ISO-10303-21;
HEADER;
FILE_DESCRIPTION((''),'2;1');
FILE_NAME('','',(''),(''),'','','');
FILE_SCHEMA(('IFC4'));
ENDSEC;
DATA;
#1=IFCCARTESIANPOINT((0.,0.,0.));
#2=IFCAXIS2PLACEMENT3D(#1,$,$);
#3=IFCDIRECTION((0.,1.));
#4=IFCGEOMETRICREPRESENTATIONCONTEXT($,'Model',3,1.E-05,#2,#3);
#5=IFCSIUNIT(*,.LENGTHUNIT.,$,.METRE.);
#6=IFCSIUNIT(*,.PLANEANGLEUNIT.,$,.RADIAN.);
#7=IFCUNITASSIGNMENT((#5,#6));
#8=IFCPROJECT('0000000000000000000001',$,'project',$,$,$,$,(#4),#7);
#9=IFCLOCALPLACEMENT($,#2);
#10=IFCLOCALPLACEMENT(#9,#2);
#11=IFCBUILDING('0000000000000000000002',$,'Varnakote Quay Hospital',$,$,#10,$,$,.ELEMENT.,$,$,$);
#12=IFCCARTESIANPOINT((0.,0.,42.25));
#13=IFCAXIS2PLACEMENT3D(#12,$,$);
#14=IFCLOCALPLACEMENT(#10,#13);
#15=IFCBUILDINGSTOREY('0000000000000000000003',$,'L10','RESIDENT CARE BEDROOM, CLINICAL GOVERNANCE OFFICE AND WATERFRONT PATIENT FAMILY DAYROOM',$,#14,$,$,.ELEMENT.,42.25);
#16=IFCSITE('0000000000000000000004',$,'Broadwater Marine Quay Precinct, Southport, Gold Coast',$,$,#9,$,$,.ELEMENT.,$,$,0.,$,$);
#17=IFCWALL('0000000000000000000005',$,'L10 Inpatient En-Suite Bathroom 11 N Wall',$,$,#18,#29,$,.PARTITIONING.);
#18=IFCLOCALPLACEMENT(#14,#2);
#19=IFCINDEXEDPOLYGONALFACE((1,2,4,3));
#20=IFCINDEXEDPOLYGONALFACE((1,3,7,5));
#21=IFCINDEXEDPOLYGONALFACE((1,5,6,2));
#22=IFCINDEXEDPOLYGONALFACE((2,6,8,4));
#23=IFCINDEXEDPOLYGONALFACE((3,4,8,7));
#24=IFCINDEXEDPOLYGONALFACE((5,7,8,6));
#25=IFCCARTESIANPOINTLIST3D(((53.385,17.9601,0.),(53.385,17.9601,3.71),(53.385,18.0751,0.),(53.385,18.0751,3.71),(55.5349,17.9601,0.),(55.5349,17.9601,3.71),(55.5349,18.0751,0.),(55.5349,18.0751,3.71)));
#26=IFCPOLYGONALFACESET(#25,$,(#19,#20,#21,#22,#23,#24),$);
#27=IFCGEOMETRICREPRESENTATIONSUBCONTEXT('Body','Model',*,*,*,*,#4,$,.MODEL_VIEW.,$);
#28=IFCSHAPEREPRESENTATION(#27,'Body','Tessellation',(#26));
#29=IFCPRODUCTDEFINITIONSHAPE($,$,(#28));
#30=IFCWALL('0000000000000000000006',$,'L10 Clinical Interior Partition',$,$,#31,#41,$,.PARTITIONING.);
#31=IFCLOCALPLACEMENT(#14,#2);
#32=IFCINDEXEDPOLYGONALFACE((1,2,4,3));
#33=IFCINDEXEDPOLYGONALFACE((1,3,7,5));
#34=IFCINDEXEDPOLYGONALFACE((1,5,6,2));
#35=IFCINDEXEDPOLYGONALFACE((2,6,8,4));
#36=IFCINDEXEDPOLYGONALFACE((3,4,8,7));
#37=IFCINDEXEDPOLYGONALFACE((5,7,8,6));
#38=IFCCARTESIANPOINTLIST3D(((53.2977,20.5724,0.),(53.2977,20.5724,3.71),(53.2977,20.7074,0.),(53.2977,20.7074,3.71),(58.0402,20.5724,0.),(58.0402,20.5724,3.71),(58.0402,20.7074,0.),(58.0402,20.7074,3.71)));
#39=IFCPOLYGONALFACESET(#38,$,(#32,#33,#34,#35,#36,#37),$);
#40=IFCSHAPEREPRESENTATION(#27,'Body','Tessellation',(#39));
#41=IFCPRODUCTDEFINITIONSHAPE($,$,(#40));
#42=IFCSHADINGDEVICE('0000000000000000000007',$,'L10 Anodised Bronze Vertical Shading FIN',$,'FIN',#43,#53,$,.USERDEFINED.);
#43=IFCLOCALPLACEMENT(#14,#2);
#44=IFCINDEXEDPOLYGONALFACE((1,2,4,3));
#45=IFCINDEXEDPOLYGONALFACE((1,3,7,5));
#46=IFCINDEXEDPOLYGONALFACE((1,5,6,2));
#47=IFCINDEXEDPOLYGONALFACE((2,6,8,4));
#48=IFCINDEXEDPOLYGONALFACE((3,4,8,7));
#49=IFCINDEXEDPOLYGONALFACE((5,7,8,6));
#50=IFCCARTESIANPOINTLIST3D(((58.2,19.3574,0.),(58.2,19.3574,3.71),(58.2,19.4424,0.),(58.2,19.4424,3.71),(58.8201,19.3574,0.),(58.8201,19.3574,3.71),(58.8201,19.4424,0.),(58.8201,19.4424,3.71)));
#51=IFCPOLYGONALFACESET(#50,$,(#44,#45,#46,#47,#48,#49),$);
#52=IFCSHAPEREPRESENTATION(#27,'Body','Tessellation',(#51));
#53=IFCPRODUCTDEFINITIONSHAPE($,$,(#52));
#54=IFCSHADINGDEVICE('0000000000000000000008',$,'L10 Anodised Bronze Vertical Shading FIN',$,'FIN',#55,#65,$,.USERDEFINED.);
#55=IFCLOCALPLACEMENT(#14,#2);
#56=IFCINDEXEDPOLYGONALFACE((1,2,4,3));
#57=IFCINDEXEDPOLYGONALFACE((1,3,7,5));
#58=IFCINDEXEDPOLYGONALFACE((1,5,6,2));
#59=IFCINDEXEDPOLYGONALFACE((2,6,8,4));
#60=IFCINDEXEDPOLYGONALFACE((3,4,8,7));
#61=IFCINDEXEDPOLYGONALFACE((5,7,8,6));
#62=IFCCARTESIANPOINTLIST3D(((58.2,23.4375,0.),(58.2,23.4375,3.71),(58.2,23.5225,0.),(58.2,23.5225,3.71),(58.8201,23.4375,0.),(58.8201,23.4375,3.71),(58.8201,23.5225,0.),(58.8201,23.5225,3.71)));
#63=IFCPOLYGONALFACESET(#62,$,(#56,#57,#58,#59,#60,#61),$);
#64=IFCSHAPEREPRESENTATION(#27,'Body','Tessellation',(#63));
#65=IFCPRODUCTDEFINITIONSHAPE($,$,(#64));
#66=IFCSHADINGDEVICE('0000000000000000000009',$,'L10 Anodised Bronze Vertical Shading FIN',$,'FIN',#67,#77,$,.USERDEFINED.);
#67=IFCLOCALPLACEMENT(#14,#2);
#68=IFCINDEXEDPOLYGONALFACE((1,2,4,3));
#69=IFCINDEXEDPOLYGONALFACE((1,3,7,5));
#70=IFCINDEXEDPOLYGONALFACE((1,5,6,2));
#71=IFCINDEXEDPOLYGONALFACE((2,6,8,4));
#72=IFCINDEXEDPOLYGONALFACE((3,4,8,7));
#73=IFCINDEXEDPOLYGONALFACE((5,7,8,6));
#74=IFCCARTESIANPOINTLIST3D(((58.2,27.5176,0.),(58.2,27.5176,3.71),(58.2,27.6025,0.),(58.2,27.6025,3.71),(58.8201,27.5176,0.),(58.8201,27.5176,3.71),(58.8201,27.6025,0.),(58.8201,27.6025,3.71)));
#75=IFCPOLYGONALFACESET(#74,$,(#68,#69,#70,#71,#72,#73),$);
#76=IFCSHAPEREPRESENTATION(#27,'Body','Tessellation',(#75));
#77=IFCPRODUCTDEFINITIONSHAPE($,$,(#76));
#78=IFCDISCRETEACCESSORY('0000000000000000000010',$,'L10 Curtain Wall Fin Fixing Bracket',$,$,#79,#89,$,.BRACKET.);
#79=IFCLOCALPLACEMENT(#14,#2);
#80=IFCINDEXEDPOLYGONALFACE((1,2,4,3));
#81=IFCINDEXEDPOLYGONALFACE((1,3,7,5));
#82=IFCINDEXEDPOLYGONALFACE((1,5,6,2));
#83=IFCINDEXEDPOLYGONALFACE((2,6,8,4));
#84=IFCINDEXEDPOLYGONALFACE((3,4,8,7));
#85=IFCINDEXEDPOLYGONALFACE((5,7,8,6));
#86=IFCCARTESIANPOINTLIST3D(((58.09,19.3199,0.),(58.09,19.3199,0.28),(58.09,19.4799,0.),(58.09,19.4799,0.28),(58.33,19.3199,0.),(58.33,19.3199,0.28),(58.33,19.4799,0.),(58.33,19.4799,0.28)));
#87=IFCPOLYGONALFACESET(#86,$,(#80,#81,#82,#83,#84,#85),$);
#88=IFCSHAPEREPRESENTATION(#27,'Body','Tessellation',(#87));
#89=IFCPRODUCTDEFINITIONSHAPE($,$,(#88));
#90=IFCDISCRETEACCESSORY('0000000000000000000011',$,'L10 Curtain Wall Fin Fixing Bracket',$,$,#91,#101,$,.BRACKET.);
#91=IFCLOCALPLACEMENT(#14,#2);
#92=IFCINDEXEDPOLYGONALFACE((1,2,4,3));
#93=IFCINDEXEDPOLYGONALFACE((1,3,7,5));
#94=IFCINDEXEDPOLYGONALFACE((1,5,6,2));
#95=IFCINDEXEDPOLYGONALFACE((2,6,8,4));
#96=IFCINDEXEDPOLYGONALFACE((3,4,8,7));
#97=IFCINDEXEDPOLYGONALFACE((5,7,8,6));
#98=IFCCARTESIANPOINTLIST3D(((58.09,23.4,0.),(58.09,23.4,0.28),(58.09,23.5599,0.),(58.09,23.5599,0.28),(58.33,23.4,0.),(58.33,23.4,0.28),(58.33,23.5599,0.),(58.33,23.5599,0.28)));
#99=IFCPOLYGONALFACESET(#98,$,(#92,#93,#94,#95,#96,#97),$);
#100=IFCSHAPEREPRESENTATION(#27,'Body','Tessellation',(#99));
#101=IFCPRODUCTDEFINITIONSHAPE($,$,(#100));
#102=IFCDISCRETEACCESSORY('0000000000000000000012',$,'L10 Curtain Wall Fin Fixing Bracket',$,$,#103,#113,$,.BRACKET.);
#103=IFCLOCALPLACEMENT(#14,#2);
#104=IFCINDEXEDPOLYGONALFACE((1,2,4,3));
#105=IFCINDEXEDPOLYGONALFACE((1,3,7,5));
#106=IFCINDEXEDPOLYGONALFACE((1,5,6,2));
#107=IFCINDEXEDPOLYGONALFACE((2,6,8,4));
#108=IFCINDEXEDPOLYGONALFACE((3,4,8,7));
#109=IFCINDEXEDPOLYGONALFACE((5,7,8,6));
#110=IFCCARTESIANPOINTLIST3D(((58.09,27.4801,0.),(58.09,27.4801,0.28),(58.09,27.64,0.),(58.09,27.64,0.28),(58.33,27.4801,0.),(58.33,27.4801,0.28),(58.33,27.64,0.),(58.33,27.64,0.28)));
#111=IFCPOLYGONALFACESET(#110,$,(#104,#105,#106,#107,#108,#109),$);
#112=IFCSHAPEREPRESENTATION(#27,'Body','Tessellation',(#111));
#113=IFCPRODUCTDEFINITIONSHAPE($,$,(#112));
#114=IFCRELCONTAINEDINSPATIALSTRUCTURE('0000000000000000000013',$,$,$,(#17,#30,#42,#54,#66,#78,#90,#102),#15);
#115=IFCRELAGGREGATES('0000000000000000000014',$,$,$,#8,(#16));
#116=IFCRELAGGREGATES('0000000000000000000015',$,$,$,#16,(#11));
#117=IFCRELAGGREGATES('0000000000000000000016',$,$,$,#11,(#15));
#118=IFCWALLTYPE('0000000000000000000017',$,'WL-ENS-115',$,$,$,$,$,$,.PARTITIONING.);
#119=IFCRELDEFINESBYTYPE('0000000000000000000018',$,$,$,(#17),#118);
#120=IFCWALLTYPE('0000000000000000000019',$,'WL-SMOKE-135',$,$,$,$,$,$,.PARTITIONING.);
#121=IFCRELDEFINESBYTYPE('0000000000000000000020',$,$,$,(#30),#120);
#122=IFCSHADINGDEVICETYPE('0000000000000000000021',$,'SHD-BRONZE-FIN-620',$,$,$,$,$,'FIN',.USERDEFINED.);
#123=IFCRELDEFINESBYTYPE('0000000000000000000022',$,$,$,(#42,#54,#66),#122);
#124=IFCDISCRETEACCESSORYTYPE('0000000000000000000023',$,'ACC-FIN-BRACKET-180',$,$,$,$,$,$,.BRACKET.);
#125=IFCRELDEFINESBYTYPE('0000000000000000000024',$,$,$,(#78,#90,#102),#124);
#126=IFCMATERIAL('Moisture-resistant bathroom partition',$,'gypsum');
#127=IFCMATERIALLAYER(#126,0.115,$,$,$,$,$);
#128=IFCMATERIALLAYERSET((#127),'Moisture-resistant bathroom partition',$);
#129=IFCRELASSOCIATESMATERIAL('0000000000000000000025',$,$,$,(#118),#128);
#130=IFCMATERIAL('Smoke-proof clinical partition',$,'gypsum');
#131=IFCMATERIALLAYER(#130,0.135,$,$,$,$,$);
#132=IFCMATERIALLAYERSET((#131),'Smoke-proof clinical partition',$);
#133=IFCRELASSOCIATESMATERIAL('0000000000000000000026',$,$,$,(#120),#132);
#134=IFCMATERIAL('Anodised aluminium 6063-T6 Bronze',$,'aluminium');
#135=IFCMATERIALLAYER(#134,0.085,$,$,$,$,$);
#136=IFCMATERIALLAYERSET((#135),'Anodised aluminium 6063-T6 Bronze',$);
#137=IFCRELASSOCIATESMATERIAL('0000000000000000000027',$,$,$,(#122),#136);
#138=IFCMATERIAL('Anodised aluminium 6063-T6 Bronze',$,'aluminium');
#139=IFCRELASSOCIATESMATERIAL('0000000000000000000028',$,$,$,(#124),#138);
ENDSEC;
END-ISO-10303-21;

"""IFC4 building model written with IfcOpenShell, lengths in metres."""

from ifc_helpers import new_model, si_unit, direction, frame, frame_2d, origin, origin_2d, place, context, subcontext, project, spatial, rectangle, extrude, material, layer, layer_set, type_object, element, save


model = new_model("IFC4")

# Units and contexts
model_context = context("Model", 3, precision=1e-05, world=origin(), true_north=direction((0.0, 1.0)))
body_context = subcontext(model_context, "Body", "Model", "MODEL_VIEW")
ifc_project = project(units=[si_unit("LENGTHUNIT", "METRE"), si_unit("PLANEANGLEUNIT", "RADIAN")], contexts=[model_context])

# Site, building, storey
site_placement = place(None, origin())
site = spatial("IfcSite", under=ifc_project, at=site_placement, Name="Broadwater Marine Quay Precinct, Southport, Gold Coast", CompositionType="ELEMENT", RefElevation=0.0)
building_placement = place(site_placement, origin())
building = spatial("IfcBuilding", under=site, at=building_placement, Name="Varnakote Quay Hospital", CompositionType="ELEMENT")
storey_placement = place(building_placement, frame((0.0, 0.0, 42.25)))
storey = spatial("IfcBuildingStorey", under=building, at=storey_placement, Name="L10", Description="RESIDENT CARE BEDROOM, CLINICAL GOVERNANCE OFFICE AND WATERFRONT PATIENT FAMILY DAYROOM", CompositionType="ELEMENT", Elevation=42.25)

# Walls
ifc_material_1 = material(Name="Moisture-resistant bathroom partition", Category="gypsum")
ifc_layer_1 = layer(ifc_material_1, 0.115)
ifc_layer_set_1 = layer_set([ifc_layer_1], Name="Moisture-resistant bathroom partition")
wall_type_1 = type_object("IfcWallType", Name="WL-ENS-115", PredefinedType="PARTITIONING", material=ifc_layer_set_1)
wall_1_placement = place(storey_placement, frame((53.385, 18.0176, 0.0), z_axis=(0.0, 0.0, 1.0), x_axis=(1.0, 0.0, 0.0)))
element("IfcWall", 1, at=wall_1_placement, inside=storey, type_object=wall_type_1, Name="L10 Inpatient En-Suite Bathroom 11 N Wall", PredefinedType="PARTITIONING", context=body_context, shape_type="SweptSolid", body=[
    extrude(rectangle(XDim=2.1499, YDim=0.115, at=frame_2d((1.075, 0.0))), origin(), (0.0, 0.0, 1.0), 3.71),
])
ifc_material_2 = material(Name="Smoke-proof clinical partition", Category="gypsum")
ifc_layer_2 = layer(ifc_material_2, 0.135)
ifc_layer_set_2 = layer_set([ifc_layer_2], Name="Smoke-proof clinical partition")
wall_type_2 = type_object("IfcWallType", Name="WL-SMOKE-135", PredefinedType="PARTITIONING", material=ifc_layer_set_2)
wall_2_placement = place(storey_placement, frame((58.04, 20.6399, 0.0), z_axis=(0.0, 0.0, 1.0), x_axis=(-1.0, 0.0, 0.0)))
element("IfcWall", 2, at=wall_2_placement, inside=storey, type_object=wall_type_2, Name="L10 Clinical Interior Partition", PredefinedType="PARTITIONING", context=body_context, shape_type="SweptSolid", body=[
    extrude(rectangle(XDim=4.7424, YDim=0.135, at=frame_2d((2.3711, 0.0))), origin(), (0.0, 0.0, 1.0), 3.71),
])

# Shading devices
ifc_material_3 = material(Name="Anodised aluminium 6063-T6 Bronze", Category="aluminium")
ifc_layer_3 = layer(ifc_material_3, 0.085)
ifc_layer_set_3 = layer_set([ifc_layer_3], Name="Anodised aluminium 6063-T6 Bronze")
shading_device_type = type_object("IfcShadingDeviceType", Name="SHD-BRONZE-FIN-620", ElementType="FIN", PredefinedType="USERDEFINED", material=ifc_layer_set_3)
for number, where, z_axis, x_axis, name in (
    (3, (58.51, 19.3999, 0.0), (0.0, 0.0, 1.0), (-1.0, 0.0, 0.0), "L10 Anodised Bronze Vertical Shading FIN"),
    (4, (58.51, 23.48, 0.0), (0.0, 0.0, 1.0), (-1.0, 0.0, 0.0), "L10 Anodised Bronze Vertical Shading FIN"),
    (5, (58.51, 27.5601, 0.0), (0.0, 0.0, 1.0), (-1.0, 0.0, 0.0), "L10 Anodised Bronze Vertical Shading FIN"),
):
    element("IfcShadingDevice", number, at=place(storey_placement, frame(where, z_axis=z_axis, x_axis=x_axis)), inside=storey, type_object=shading_device_type, Name=name, ObjectType="FIN", PredefinedType="USERDEFINED", context=body_context, shape_type="SweptSolid", body=[
        extrude(rectangle(XDim=0.6201, YDim=0.085, at=origin_2d()), origin(), (0.0, 0.0, 1.0), 3.71),
    ])

# Discrete accessories
ifc_material_4 = material(Name="Anodised aluminium 6063-T6 Bronze", Category="aluminium")
discrete_accessory_type = type_object("IfcDiscreteAccessoryType", Name="ACC-FIN-BRACKET-180", PredefinedType="BRACKET", material=ifc_material_4)
for number, where, z_axis, x_axis, name in (
    (6, (58.21, 19.3999, 0.0), (0.0, 0.0, 1.0), (0.0, 1.0, 0.0), "L10 Curtain Wall Fin Fixing Bracket"),
    (7, (58.21, 23.48, 0.0), (0.0, 0.0, 1.0), (0.0, 1.0, 0.0), "L10 Curtain Wall Fin Fixing Bracket"),
    (8, (58.21, 27.5601, 0.0), (0.0, 0.0, 1.0), (0.0, 1.0, 0.0), "L10 Curtain Wall Fin Fixing Bracket"),
):
    element("IfcDiscreteAccessory", number, at=place(storey_placement, frame(where, z_axis=z_axis, x_axis=x_axis)), inside=storey, type_object=discrete_accessory_type, Name=name, PredefinedType="BRACKET", context=body_context, shape_type="SweptSolid", body=[
        extrude(rectangle(XDim=0.1599, YDim=0.24, at=origin_2d()), origin(), (0.0, 0.0, 1.0), 0.28),
    ])

save(model, "model.ifc")
